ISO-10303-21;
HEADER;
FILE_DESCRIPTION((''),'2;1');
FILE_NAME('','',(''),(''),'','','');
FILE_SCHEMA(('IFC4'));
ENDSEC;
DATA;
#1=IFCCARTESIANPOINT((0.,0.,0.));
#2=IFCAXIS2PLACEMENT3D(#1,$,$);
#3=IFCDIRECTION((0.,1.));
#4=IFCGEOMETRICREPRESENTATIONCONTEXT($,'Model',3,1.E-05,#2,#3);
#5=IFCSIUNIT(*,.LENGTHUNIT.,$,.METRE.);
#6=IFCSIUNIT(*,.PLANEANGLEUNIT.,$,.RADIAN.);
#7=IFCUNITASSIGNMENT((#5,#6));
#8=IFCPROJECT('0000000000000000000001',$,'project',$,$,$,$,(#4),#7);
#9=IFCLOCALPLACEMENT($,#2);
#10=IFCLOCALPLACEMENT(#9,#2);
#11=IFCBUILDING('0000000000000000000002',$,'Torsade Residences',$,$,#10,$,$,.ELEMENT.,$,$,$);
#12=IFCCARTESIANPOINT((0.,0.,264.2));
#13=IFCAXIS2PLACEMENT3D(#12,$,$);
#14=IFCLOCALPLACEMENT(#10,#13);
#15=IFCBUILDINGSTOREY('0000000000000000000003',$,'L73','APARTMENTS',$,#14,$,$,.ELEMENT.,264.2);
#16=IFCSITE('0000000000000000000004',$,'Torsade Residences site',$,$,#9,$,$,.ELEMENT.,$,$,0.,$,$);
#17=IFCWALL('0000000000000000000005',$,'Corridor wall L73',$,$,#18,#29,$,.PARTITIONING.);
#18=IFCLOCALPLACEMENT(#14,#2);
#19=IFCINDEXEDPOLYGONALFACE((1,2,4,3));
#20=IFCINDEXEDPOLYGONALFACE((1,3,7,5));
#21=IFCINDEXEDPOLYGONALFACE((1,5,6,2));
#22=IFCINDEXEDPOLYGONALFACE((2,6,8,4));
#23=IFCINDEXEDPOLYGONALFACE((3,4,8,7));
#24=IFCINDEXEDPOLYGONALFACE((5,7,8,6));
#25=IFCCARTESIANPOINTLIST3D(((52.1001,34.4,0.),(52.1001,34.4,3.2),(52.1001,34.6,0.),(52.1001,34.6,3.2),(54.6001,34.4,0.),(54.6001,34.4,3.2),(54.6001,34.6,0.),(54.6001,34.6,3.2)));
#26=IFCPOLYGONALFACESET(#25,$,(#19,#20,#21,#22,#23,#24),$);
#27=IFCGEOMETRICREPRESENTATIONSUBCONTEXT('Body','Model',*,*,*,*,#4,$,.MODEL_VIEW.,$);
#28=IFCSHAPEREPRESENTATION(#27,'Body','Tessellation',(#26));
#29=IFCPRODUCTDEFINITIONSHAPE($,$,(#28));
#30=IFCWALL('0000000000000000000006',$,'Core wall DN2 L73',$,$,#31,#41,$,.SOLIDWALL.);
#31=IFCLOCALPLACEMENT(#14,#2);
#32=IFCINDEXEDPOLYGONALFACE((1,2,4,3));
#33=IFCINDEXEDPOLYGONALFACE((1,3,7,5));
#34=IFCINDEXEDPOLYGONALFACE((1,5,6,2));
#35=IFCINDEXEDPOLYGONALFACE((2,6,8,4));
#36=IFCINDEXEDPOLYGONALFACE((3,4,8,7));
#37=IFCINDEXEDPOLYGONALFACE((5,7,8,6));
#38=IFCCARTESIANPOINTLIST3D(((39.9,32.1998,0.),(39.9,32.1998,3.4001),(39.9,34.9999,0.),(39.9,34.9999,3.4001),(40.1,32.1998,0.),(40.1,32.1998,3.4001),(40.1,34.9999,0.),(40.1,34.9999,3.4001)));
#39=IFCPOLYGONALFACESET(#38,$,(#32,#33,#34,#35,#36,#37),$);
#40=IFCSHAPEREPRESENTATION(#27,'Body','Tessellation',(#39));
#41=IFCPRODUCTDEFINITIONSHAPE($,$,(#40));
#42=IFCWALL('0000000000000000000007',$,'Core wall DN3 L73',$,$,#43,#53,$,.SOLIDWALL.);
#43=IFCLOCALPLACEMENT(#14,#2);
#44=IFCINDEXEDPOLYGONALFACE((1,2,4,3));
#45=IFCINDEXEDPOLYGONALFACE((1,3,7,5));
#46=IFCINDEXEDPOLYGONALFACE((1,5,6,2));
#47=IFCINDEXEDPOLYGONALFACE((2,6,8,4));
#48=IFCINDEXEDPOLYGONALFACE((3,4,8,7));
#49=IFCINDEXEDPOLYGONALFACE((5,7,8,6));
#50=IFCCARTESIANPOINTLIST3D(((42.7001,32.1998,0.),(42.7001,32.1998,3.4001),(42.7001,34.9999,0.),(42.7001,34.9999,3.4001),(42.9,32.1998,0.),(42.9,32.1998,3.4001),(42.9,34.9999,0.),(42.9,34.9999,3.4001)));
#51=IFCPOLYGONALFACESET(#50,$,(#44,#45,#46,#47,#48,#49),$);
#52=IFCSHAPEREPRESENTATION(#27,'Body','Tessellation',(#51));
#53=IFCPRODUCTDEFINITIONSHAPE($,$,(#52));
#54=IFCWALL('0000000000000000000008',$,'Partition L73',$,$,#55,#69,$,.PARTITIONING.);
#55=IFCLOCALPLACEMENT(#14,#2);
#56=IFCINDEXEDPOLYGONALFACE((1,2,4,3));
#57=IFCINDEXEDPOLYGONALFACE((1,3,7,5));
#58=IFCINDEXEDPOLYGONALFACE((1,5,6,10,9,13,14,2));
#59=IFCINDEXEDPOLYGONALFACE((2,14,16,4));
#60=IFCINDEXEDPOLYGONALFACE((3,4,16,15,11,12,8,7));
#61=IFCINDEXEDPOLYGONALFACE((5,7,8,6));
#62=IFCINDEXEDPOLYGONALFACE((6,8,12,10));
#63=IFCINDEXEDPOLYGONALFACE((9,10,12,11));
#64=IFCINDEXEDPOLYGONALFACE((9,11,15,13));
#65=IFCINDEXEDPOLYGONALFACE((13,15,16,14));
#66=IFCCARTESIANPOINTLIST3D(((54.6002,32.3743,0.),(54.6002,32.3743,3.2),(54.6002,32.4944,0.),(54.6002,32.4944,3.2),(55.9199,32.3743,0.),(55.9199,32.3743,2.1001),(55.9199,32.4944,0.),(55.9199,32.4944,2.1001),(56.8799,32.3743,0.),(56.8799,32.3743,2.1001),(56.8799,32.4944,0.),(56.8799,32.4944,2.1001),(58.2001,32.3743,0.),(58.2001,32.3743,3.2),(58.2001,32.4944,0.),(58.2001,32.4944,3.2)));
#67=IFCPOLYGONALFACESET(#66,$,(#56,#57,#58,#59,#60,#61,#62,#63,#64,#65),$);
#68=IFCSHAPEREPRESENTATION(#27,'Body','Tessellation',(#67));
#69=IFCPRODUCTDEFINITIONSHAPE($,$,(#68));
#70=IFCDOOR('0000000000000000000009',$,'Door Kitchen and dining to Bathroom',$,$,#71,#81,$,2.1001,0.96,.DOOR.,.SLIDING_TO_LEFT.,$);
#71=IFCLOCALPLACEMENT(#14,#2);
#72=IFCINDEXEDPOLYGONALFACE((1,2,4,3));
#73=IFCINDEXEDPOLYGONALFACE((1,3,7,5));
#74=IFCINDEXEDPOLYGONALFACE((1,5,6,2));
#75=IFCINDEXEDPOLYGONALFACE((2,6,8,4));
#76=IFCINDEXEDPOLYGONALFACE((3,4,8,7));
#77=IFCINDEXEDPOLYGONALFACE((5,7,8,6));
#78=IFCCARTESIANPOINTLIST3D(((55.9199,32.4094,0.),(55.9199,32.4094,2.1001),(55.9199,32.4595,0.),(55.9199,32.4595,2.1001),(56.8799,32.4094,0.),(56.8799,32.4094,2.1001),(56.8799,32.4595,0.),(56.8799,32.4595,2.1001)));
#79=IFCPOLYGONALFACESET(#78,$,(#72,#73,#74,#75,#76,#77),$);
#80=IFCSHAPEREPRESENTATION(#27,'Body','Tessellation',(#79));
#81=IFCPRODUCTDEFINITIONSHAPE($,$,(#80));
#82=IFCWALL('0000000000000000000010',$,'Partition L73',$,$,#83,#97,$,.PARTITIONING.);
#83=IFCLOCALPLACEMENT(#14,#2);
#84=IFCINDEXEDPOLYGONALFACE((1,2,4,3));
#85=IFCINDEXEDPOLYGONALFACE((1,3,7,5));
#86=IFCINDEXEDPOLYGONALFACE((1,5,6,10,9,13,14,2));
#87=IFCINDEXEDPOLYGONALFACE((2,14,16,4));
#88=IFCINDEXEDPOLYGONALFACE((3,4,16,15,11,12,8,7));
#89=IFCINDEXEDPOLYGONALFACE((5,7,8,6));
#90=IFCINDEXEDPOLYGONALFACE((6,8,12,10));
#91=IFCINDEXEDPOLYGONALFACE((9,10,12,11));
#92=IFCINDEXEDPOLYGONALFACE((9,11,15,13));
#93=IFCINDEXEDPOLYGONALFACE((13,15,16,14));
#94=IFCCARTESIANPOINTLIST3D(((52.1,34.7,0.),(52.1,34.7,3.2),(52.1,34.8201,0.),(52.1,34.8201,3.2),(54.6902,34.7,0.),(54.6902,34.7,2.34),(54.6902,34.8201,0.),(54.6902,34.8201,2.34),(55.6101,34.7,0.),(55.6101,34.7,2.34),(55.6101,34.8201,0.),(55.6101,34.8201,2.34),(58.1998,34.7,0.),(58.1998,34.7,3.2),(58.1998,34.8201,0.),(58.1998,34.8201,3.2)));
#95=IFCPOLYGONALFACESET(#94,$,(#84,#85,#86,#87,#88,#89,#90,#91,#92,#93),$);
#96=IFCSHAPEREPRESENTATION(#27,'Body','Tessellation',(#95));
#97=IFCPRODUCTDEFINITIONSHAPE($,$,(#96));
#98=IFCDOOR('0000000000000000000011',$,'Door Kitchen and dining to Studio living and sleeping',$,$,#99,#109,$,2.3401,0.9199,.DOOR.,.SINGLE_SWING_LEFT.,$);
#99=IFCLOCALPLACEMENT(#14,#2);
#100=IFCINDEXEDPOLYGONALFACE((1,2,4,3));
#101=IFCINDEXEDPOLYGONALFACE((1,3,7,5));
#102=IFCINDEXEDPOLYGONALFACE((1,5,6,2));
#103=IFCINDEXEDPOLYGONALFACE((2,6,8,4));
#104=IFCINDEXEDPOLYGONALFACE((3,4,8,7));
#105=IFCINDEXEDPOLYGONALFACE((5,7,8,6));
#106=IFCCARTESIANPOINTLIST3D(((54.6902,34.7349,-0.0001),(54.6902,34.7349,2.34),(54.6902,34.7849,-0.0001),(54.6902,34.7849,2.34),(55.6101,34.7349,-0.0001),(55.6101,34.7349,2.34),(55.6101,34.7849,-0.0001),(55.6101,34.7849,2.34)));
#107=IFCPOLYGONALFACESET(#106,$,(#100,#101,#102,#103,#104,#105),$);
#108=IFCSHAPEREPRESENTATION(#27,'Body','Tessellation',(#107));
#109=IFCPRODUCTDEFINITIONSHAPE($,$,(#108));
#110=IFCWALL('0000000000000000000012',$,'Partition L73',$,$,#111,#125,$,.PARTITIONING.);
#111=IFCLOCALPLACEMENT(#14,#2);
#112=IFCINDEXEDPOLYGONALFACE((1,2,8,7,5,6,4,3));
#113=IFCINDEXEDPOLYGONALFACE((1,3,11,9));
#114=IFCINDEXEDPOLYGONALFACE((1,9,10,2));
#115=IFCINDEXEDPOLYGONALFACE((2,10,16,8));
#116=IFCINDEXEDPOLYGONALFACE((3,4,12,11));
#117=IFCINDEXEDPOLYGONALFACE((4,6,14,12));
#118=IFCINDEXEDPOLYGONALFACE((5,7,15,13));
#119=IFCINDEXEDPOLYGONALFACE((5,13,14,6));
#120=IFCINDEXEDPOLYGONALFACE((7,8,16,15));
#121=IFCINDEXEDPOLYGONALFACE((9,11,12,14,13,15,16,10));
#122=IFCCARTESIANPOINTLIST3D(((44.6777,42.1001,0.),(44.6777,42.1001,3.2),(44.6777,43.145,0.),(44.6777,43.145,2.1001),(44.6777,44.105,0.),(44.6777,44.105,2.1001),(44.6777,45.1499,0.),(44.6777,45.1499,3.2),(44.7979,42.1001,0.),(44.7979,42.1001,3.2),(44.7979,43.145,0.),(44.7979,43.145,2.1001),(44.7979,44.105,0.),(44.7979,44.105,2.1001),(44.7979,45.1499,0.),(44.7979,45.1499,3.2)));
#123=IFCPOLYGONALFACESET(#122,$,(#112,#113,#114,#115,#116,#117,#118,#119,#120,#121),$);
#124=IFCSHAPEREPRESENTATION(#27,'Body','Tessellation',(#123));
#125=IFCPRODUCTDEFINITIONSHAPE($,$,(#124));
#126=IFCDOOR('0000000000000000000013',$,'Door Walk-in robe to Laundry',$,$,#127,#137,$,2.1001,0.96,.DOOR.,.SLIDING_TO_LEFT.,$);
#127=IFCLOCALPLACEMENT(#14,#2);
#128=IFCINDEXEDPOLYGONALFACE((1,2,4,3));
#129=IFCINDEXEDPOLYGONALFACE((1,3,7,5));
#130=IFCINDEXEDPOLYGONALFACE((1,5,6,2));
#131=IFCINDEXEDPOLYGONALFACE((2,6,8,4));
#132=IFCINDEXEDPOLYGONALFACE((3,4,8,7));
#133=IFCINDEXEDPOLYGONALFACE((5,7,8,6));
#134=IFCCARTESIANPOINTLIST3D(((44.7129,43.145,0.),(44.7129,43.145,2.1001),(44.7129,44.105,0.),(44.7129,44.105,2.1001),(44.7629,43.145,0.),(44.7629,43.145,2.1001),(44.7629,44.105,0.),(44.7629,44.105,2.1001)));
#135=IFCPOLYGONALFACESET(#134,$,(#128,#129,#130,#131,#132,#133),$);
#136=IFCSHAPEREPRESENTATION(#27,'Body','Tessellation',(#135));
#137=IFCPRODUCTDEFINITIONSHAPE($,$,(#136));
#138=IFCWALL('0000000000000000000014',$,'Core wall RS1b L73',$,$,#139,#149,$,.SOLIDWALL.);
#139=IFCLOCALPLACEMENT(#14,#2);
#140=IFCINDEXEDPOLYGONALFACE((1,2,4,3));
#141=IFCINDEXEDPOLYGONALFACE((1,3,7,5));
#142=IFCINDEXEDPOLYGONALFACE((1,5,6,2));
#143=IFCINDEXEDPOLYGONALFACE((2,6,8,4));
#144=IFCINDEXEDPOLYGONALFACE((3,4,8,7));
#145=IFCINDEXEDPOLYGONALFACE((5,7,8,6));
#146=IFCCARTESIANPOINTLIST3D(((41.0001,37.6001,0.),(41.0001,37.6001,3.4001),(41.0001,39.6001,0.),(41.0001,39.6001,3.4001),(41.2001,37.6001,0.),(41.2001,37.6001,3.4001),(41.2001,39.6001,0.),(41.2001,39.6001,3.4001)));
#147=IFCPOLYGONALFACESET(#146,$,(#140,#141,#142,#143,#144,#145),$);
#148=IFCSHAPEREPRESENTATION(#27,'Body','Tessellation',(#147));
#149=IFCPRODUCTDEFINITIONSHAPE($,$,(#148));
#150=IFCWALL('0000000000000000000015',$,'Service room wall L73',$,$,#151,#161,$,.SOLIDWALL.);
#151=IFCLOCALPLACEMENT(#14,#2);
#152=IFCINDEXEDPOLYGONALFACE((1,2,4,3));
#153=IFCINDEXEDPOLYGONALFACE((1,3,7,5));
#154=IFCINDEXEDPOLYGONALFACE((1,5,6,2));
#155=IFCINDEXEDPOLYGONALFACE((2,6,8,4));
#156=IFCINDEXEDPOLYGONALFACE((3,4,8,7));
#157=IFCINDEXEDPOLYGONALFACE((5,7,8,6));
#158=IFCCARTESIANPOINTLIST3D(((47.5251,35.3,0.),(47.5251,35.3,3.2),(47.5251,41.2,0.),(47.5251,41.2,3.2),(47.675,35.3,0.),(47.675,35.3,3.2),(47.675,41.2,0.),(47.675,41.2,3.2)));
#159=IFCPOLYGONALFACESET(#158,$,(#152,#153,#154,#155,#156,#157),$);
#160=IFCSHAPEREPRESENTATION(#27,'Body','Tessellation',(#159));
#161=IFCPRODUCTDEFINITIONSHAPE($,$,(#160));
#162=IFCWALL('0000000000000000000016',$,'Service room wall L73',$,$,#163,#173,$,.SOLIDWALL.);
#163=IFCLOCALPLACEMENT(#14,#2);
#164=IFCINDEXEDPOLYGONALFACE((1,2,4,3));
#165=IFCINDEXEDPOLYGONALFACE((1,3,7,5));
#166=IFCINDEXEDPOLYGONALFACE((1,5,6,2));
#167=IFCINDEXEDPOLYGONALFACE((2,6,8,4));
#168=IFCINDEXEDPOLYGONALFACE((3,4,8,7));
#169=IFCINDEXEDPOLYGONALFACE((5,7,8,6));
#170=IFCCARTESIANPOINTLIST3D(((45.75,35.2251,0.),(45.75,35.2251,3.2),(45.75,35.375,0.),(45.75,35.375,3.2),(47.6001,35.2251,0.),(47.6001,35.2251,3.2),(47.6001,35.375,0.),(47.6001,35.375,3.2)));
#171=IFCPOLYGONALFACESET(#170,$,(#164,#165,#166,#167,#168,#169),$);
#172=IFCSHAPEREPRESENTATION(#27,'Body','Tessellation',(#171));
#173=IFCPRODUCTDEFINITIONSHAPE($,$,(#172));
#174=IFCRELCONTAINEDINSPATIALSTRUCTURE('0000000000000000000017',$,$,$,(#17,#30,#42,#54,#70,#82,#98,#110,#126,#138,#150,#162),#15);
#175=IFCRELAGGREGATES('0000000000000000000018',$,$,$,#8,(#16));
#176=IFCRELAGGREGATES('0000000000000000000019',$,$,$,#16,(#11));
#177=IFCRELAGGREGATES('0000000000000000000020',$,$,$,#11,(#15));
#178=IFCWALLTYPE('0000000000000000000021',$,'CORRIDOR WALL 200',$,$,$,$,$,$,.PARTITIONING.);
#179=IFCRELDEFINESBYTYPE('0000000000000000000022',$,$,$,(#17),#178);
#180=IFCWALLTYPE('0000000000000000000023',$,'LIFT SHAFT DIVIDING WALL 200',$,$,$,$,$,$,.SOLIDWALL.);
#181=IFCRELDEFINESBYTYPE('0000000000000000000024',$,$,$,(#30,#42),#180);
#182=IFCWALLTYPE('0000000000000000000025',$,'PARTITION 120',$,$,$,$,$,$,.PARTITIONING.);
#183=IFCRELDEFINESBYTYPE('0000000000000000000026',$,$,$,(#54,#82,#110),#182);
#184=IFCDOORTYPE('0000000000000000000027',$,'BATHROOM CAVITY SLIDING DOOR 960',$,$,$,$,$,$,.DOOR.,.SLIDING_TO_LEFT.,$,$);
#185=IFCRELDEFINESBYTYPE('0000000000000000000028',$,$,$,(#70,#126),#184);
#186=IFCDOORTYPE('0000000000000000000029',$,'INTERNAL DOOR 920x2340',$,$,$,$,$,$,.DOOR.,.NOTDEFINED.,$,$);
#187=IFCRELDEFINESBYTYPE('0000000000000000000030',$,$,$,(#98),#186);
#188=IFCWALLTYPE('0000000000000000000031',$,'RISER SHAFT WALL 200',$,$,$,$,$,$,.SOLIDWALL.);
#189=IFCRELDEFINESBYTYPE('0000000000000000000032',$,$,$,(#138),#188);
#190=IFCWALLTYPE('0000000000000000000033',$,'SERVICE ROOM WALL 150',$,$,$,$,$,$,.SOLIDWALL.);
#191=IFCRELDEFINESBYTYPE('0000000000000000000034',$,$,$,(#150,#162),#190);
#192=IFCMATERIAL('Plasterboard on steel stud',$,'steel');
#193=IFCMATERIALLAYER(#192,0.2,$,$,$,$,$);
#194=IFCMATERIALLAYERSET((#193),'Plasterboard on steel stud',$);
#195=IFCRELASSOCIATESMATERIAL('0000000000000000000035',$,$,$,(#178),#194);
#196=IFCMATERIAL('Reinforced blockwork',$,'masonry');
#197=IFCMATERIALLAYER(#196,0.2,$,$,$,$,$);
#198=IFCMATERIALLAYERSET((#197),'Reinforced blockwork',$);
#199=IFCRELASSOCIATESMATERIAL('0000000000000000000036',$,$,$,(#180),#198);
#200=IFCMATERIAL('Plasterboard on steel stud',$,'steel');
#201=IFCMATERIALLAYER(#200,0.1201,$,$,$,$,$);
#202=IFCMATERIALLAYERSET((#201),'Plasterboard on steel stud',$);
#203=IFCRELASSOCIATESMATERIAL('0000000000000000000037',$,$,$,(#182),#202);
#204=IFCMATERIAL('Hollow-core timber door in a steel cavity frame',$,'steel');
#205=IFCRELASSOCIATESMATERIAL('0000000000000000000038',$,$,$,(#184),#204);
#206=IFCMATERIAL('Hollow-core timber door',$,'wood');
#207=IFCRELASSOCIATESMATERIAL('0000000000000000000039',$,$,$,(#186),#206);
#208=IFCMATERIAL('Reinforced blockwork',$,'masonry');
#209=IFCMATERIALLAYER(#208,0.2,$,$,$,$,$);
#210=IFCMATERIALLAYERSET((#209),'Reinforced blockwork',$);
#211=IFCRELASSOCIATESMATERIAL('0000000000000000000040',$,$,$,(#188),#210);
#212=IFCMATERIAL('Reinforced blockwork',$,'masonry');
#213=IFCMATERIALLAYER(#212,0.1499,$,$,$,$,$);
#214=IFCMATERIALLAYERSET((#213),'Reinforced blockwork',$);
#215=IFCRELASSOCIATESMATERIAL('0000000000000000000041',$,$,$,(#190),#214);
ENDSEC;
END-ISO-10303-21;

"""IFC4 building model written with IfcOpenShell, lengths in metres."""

from ifc_helpers import new_model, si_unit, direction, frame, frame_2d, origin, place, context, subcontext, project, spatial, rectangle, extrude, material, layer, layer_set, type_object, element, fill, save


model = new_model("IFC4")

# Units and contexts
model_context = context("Model", 3, precision=1e-05, world=origin(), true_north=direction((0.0, 1.0)))
body_context = subcontext(model_context, "Body", "Model", "MODEL_VIEW")
ifc_project = project(units=[si_unit("LENGTHUNIT", "METRE"), si_unit("PLANEANGLEUNIT", "RADIAN")], contexts=[model_context])

# Site, building, storey
site_placement = place(None, origin())
site = spatial("IfcSite", under=ifc_project, at=site_placement, Name="Torsade Residences site", CompositionType="ELEMENT", RefElevation=0.0)
building_placement = place(site_placement, origin())
building = spatial("IfcBuilding", under=site, at=building_placement, Name="Torsade Residences", CompositionType="ELEMENT")
storey_placement = place(building_placement, frame((0.0, 0.0, 264.2)))
storey = spatial("IfcBuildingStorey", under=building, at=storey_placement, Name="L73", Description="APARTMENTS", CompositionType="ELEMENT", Elevation=264.2)

# Walls
ifc_material_1 = material(Name="Plasterboard on steel stud", Category="steel")
ifc_layer_1 = layer(ifc_material_1, 0.2)
ifc_layer_set_1 = layer_set([ifc_layer_1], Name="Plasterboard on steel stud")
wall_type_1 = type_object("IfcWallType", Name="CORRIDOR WALL 200", PredefinedType="PARTITIONING", material=ifc_layer_set_1)
wall_1_placement = place(storey_placement, frame((52.1001, 34.5, 0.0), z_axis=(0.0, 0.0, 1.0), x_axis=(1.0, 0.0, 0.0)))
element("IfcWall", 1, at=wall_1_placement, inside=storey, type_object=wall_type_1, Name="Corridor wall L73", PredefinedType="PARTITIONING", context=body_context, shape_type="SweptSolid", body=[
    extrude(rectangle(XDim=2.5, YDim=0.2, at=frame_2d((1.25, 0.0))), origin(), (0.0, 0.0, 1.0), 3.2),
])
ifc_material_2 = material(Name="Reinforced blockwork", Category="masonry")
ifc_layer_2 = layer(ifc_material_2, 0.2)
ifc_layer_set_2 = layer_set([ifc_layer_2], Name="Reinforced blockwork")
wall_type_2 = type_object("IfcWallType", Name="LIFT SHAFT DIVIDING WALL 200", PredefinedType="SOLIDWALL", material=ifc_layer_set_2)
for number, where, z_axis, x_axis, name in (
    (2, (40.0, 32.2, 0.0), (0.0, 0.0, 1.0), (0.0, 1.0, 0.0), "Core wall DN2 L73"),
    (3, (42.8, 32.2, 0.0), (0.0, 0.0, 1.0), (0.0, 1.0, 0.0), "Core wall DN3 L73"),
):
    element("IfcWall", number, at=place(storey_placement, frame(where, z_axis=z_axis, x_axis=x_axis)), inside=storey, type_object=wall_type_2, Name=name, PredefinedType="SOLIDWALL", context=body_context, shape_type="SweptSolid", body=[
        extrude(rectangle(XDim=2.8, YDim=0.2, at=frame_2d((1.3999, 0.0))), origin(), (0.0, 0.0, 1.0), 3.4001),
    ])

# Walls, openings, doors
ifc_material_3 = material(Name="Plasterboard on steel stud", Category="steel")
ifc_layer_3 = layer(ifc_material_3, 0.1201)
ifc_layer_set_3 = layer_set([ifc_layer_3], Name="Plasterboard on steel stud")
wall_type_3 = type_object("IfcWallType", Name="PARTITION 120", PredefinedType="PARTITIONING", material=ifc_layer_set_3)
wall_2_placement = place(storey_placement, frame((58.2, 32.4343, 0.0), z_axis=(0.0, 0.0, 1.0), x_axis=(-1.0, 0.0, 0.0)))
wall_2 = element("IfcWall", 4, at=wall_2_placement, inside=storey, type_object=wall_type_3, Name="Partition L73", PredefinedType="PARTITIONING", context=body_context, shape_type="SweptSolid", body=[
    extrude(rectangle(XDim=3.5999, YDim=0.1201, at=frame_2d((1.7998, 0.0))), origin(), (0.0, 0.0, 1.0), 3.2),
])
opening_1_placement = place(wall_2_placement, frame((1.3201, 0.0, 0.0)))
opening_1 = element("IfcOpeningElement", 5, at=opening_1_placement, cuts=wall_2, PredefinedType="OPENING", context=body_context, shape_type="SweptSolid", body=[
    extrude(rectangle(XDim=0.96, YDim=2.1001, at=frame_2d((0.48, 1.05))), frame((0.0, 0.0701, 0.0), z_axis=(0.0, -1.0, 0.0), x_axis=(1.0, 0.0, 0.0)), (0.0, 0.0, 1.0), 0.1401),
])
ifc_material_4 = material(Name="Hollow-core timber door in a steel cavity frame", Category="steel")
door_type_1 = type_object("IfcDoorType", Name="BATHROOM CAVITY SLIDING DOOR 960", OperationType="SLIDING_TO_LEFT", PredefinedType="DOOR", material=ifc_material_4)
door_1_placement = place(opening_1_placement, origin())
door_1 = element("IfcDoor", 6, at=door_1_placement, inside=storey, type_object=door_type_1, Name="Door Kitchen and dining to Bathroom", OperationType="SLIDING_TO_LEFT", OverallHeight=2.1001, OverallWidth=0.96, PredefinedType="DOOR", context=body_context, shape_type="SweptSolid", body=[
    extrude(rectangle(XDim=0.96, YDim=2.1001, at=frame_2d((0.48, 1.05))), frame((0.0, 0.0249, 0.0), z_axis=(0.0, -1.0, 0.0), x_axis=(1.0, 0.0, 0.0)), (0.0, 0.0, 1.0), 0.05),
])
fill(opening_1, door_1)
wall_3_placement = place(storey_placement, frame((52.1001, 34.76, 0.0), z_axis=(0.0, 0.0, 1.0), x_axis=(1.0, 0.0, 0.0)))
wall_3 = element("IfcWall", 7, at=wall_3_placement, inside=storey, type_object=wall_type_3, Name="Partition L73", PredefinedType="PARTITIONING", context=body_context, shape_type="SweptSolid", body=[
    extrude(rectangle(XDim=6.0999, YDim=0.1201, at=frame_2d((3.0498, 0.0))), origin(), (0.0, 0.0, 1.0), 3.2),
])
opening_2_placement = place(wall_3_placement, frame((2.5901, 0.0, 0.0)))
opening_2 = element("IfcOpeningElement", 8, at=opening_2_placement, cuts=wall_3, PredefinedType="OPENING", context=body_context, shape_type="SweptSolid", body=[
    extrude(rectangle(XDim=0.9199, YDim=2.3401, at=frame_2d((0.46, 1.1699))), frame((0.0, 0.0701, 0.0), z_axis=(0.0, -1.0, 0.0), x_axis=(1.0, 0.0, 0.0)), (0.0, 0.0, 1.0), 0.1401),
])
ifc_material_5 = material(Name="Hollow-core timber door", Category="wood")
door_type_2 = type_object("IfcDoorType", Name="INTERNAL DOOR 920x2340", OperationType="NOTDEFINED", PredefinedType="DOOR", material=ifc_material_5)
door_2_placement = place(opening_2_placement, origin())
door_2 = element("IfcDoor", 9, at=door_2_placement, inside=storey, type_object=door_type_2, Name="Door Kitchen and dining to Studio living and sleeping", OperationType="SINGLE_SWING_LEFT", OverallHeight=2.3401, OverallWidth=0.9199, PredefinedType="DOOR", context=body_context, shape_type="SweptSolid", body=[
    extrude(rectangle(XDim=0.9199, YDim=2.3401, at=frame_2d((0.46, 1.1699))), frame((0.0, 0.0249, 0.0), z_axis=(0.0, -1.0, 0.0), x_axis=(1.0, 0.0, 0.0)), (0.0, 0.0, 1.0), 0.05),
])
fill(opening_2, door_2)
wall_4_placement = place(storey_placement, frame((44.7378, 42.1001, 0.0), z_axis=(0.0, 0.0, 1.0), x_axis=(0.0, 1.0, 0.0)))
wall_4 = element("IfcWall", 10, at=wall_4_placement, inside=storey, type_object=wall_type_3, Name="Partition L73", PredefinedType="PARTITIONING", context=body_context, shape_type="SweptSolid", body=[
    extrude(rectangle(XDim=3.0498, YDim=0.1201, at=frame_2d((1.5249, 0.0))), origin(), (0.0, 0.0, 1.0), 3.2),
])
opening_3_placement = place(wall_4_placement, frame((1.0449, 0.0, 0.0)))
opening_3 = element("IfcOpeningElement", 11, at=opening_3_placement, cuts=wall_4, PredefinedType="OPENING", context=body_context, shape_type="SweptSolid", body=[
    extrude(rectangle(XDim=0.96, YDim=2.1001, at=frame_2d((0.48, 1.05))), frame((0.0, 0.0701, 0.0), z_axis=(0.0, -1.0, 0.0), x_axis=(1.0, 0.0, 0.0)), (0.0, 0.0, 1.0), 0.1401),
])
door_3_placement = place(opening_3_placement, origin())
door_3 = element("IfcDoor", 12, at=door_3_placement, inside=storey, type_object=door_type_1, Name="Door Walk-in robe to Laundry", OperationType="SLIDING_TO_LEFT", OverallHeight=2.1001, OverallWidth=0.96, PredefinedType="DOOR", context=body_context, shape_type="SweptSolid", body=[
    extrude(rectangle(XDim=0.96, YDim=2.1001, at=frame_2d((0.48, 1.05))), frame((0.0, 0.0249, 0.0), z_axis=(0.0, -1.0, 0.0), x_axis=(1.0, 0.0, 0.0)), (0.0, 0.0, 1.0), 0.05),
])
fill(opening_3, door_3)

# Walls
ifc_material_6 = material(Name="Reinforced blockwork", Category="masonry")
ifc_layer_4 = layer(ifc_material_6, 0.2)
ifc_layer_set_4 = layer_set([ifc_layer_4], Name="Reinforced blockwork")
wall_type_4 = type_object("IfcWallType", Name="RISER SHAFT WALL 200", PredefinedType="SOLIDWALL", material=ifc_layer_set_4)
wall_5_placement = place(storey_placement, frame((41.1001, 37.6001, 0.0), z_axis=(0.0, 0.0, 1.0), x_axis=(0.0, 1.0, 0.0)))
element("IfcWall", 13, at=wall_5_placement, inside=storey, type_object=wall_type_4, Name="Core wall RS1b L73", PredefinedType="SOLIDWALL", context=body_context, shape_type="SweptSolid", body=[
    extrude(rectangle(XDim=2.0, YDim=0.2, at=frame_2d((1.0, 0.0))), origin(), (0.0, 0.0, 1.0), 3.4001),
])
ifc_material_7 = material(Name="Reinforced blockwork", Category="masonry")
ifc_layer_5 = layer(ifc_material_7, 0.1499)
ifc_layer_set_5 = layer_set([ifc_layer_5], Name="Reinforced blockwork")
wall_type_5 = type_object("IfcWallType", Name="SERVICE ROOM WALL 150", PredefinedType="SOLIDWALL", material=ifc_layer_set_5)
wall_6_placement = place(storey_placement, frame((47.6001, 41.2, 0.0), z_axis=(0.0, 0.0, 1.0), x_axis=(0.0, -1.0, 0.0)))
element("IfcWall", 14, at=wall_6_placement, inside=storey, type_object=wall_type_5, Name="Service room wall L73", PredefinedType="SOLIDWALL", context=body_context, shape_type="SweptSolid", body=[
    extrude(rectangle(XDim=5.8999, YDim=0.1499, at=frame_2d((2.95, 0.0))), origin(), (0.0, 0.0, 1.0), 3.2),
])
wall_7_placement = place(storey_placement, frame((47.6001, 35.3, 0.0), z_axis=(0.0, 0.0, 1.0), x_axis=(-1.0, 0.0, 0.0)))
element("IfcWall", 15, at=wall_7_placement, inside=storey, type_object=wall_type_5, Name="Service room wall L73", PredefinedType="SOLIDWALL", context=body_context, shape_type="SweptSolid", body=[
    extrude(rectangle(XDim=1.8501, YDim=0.1499, at=frame_2d((0.925, 0.0))), origin(), (0.0, 0.0, 1.0), 3.2),
])

save(model, "model.ifc")
